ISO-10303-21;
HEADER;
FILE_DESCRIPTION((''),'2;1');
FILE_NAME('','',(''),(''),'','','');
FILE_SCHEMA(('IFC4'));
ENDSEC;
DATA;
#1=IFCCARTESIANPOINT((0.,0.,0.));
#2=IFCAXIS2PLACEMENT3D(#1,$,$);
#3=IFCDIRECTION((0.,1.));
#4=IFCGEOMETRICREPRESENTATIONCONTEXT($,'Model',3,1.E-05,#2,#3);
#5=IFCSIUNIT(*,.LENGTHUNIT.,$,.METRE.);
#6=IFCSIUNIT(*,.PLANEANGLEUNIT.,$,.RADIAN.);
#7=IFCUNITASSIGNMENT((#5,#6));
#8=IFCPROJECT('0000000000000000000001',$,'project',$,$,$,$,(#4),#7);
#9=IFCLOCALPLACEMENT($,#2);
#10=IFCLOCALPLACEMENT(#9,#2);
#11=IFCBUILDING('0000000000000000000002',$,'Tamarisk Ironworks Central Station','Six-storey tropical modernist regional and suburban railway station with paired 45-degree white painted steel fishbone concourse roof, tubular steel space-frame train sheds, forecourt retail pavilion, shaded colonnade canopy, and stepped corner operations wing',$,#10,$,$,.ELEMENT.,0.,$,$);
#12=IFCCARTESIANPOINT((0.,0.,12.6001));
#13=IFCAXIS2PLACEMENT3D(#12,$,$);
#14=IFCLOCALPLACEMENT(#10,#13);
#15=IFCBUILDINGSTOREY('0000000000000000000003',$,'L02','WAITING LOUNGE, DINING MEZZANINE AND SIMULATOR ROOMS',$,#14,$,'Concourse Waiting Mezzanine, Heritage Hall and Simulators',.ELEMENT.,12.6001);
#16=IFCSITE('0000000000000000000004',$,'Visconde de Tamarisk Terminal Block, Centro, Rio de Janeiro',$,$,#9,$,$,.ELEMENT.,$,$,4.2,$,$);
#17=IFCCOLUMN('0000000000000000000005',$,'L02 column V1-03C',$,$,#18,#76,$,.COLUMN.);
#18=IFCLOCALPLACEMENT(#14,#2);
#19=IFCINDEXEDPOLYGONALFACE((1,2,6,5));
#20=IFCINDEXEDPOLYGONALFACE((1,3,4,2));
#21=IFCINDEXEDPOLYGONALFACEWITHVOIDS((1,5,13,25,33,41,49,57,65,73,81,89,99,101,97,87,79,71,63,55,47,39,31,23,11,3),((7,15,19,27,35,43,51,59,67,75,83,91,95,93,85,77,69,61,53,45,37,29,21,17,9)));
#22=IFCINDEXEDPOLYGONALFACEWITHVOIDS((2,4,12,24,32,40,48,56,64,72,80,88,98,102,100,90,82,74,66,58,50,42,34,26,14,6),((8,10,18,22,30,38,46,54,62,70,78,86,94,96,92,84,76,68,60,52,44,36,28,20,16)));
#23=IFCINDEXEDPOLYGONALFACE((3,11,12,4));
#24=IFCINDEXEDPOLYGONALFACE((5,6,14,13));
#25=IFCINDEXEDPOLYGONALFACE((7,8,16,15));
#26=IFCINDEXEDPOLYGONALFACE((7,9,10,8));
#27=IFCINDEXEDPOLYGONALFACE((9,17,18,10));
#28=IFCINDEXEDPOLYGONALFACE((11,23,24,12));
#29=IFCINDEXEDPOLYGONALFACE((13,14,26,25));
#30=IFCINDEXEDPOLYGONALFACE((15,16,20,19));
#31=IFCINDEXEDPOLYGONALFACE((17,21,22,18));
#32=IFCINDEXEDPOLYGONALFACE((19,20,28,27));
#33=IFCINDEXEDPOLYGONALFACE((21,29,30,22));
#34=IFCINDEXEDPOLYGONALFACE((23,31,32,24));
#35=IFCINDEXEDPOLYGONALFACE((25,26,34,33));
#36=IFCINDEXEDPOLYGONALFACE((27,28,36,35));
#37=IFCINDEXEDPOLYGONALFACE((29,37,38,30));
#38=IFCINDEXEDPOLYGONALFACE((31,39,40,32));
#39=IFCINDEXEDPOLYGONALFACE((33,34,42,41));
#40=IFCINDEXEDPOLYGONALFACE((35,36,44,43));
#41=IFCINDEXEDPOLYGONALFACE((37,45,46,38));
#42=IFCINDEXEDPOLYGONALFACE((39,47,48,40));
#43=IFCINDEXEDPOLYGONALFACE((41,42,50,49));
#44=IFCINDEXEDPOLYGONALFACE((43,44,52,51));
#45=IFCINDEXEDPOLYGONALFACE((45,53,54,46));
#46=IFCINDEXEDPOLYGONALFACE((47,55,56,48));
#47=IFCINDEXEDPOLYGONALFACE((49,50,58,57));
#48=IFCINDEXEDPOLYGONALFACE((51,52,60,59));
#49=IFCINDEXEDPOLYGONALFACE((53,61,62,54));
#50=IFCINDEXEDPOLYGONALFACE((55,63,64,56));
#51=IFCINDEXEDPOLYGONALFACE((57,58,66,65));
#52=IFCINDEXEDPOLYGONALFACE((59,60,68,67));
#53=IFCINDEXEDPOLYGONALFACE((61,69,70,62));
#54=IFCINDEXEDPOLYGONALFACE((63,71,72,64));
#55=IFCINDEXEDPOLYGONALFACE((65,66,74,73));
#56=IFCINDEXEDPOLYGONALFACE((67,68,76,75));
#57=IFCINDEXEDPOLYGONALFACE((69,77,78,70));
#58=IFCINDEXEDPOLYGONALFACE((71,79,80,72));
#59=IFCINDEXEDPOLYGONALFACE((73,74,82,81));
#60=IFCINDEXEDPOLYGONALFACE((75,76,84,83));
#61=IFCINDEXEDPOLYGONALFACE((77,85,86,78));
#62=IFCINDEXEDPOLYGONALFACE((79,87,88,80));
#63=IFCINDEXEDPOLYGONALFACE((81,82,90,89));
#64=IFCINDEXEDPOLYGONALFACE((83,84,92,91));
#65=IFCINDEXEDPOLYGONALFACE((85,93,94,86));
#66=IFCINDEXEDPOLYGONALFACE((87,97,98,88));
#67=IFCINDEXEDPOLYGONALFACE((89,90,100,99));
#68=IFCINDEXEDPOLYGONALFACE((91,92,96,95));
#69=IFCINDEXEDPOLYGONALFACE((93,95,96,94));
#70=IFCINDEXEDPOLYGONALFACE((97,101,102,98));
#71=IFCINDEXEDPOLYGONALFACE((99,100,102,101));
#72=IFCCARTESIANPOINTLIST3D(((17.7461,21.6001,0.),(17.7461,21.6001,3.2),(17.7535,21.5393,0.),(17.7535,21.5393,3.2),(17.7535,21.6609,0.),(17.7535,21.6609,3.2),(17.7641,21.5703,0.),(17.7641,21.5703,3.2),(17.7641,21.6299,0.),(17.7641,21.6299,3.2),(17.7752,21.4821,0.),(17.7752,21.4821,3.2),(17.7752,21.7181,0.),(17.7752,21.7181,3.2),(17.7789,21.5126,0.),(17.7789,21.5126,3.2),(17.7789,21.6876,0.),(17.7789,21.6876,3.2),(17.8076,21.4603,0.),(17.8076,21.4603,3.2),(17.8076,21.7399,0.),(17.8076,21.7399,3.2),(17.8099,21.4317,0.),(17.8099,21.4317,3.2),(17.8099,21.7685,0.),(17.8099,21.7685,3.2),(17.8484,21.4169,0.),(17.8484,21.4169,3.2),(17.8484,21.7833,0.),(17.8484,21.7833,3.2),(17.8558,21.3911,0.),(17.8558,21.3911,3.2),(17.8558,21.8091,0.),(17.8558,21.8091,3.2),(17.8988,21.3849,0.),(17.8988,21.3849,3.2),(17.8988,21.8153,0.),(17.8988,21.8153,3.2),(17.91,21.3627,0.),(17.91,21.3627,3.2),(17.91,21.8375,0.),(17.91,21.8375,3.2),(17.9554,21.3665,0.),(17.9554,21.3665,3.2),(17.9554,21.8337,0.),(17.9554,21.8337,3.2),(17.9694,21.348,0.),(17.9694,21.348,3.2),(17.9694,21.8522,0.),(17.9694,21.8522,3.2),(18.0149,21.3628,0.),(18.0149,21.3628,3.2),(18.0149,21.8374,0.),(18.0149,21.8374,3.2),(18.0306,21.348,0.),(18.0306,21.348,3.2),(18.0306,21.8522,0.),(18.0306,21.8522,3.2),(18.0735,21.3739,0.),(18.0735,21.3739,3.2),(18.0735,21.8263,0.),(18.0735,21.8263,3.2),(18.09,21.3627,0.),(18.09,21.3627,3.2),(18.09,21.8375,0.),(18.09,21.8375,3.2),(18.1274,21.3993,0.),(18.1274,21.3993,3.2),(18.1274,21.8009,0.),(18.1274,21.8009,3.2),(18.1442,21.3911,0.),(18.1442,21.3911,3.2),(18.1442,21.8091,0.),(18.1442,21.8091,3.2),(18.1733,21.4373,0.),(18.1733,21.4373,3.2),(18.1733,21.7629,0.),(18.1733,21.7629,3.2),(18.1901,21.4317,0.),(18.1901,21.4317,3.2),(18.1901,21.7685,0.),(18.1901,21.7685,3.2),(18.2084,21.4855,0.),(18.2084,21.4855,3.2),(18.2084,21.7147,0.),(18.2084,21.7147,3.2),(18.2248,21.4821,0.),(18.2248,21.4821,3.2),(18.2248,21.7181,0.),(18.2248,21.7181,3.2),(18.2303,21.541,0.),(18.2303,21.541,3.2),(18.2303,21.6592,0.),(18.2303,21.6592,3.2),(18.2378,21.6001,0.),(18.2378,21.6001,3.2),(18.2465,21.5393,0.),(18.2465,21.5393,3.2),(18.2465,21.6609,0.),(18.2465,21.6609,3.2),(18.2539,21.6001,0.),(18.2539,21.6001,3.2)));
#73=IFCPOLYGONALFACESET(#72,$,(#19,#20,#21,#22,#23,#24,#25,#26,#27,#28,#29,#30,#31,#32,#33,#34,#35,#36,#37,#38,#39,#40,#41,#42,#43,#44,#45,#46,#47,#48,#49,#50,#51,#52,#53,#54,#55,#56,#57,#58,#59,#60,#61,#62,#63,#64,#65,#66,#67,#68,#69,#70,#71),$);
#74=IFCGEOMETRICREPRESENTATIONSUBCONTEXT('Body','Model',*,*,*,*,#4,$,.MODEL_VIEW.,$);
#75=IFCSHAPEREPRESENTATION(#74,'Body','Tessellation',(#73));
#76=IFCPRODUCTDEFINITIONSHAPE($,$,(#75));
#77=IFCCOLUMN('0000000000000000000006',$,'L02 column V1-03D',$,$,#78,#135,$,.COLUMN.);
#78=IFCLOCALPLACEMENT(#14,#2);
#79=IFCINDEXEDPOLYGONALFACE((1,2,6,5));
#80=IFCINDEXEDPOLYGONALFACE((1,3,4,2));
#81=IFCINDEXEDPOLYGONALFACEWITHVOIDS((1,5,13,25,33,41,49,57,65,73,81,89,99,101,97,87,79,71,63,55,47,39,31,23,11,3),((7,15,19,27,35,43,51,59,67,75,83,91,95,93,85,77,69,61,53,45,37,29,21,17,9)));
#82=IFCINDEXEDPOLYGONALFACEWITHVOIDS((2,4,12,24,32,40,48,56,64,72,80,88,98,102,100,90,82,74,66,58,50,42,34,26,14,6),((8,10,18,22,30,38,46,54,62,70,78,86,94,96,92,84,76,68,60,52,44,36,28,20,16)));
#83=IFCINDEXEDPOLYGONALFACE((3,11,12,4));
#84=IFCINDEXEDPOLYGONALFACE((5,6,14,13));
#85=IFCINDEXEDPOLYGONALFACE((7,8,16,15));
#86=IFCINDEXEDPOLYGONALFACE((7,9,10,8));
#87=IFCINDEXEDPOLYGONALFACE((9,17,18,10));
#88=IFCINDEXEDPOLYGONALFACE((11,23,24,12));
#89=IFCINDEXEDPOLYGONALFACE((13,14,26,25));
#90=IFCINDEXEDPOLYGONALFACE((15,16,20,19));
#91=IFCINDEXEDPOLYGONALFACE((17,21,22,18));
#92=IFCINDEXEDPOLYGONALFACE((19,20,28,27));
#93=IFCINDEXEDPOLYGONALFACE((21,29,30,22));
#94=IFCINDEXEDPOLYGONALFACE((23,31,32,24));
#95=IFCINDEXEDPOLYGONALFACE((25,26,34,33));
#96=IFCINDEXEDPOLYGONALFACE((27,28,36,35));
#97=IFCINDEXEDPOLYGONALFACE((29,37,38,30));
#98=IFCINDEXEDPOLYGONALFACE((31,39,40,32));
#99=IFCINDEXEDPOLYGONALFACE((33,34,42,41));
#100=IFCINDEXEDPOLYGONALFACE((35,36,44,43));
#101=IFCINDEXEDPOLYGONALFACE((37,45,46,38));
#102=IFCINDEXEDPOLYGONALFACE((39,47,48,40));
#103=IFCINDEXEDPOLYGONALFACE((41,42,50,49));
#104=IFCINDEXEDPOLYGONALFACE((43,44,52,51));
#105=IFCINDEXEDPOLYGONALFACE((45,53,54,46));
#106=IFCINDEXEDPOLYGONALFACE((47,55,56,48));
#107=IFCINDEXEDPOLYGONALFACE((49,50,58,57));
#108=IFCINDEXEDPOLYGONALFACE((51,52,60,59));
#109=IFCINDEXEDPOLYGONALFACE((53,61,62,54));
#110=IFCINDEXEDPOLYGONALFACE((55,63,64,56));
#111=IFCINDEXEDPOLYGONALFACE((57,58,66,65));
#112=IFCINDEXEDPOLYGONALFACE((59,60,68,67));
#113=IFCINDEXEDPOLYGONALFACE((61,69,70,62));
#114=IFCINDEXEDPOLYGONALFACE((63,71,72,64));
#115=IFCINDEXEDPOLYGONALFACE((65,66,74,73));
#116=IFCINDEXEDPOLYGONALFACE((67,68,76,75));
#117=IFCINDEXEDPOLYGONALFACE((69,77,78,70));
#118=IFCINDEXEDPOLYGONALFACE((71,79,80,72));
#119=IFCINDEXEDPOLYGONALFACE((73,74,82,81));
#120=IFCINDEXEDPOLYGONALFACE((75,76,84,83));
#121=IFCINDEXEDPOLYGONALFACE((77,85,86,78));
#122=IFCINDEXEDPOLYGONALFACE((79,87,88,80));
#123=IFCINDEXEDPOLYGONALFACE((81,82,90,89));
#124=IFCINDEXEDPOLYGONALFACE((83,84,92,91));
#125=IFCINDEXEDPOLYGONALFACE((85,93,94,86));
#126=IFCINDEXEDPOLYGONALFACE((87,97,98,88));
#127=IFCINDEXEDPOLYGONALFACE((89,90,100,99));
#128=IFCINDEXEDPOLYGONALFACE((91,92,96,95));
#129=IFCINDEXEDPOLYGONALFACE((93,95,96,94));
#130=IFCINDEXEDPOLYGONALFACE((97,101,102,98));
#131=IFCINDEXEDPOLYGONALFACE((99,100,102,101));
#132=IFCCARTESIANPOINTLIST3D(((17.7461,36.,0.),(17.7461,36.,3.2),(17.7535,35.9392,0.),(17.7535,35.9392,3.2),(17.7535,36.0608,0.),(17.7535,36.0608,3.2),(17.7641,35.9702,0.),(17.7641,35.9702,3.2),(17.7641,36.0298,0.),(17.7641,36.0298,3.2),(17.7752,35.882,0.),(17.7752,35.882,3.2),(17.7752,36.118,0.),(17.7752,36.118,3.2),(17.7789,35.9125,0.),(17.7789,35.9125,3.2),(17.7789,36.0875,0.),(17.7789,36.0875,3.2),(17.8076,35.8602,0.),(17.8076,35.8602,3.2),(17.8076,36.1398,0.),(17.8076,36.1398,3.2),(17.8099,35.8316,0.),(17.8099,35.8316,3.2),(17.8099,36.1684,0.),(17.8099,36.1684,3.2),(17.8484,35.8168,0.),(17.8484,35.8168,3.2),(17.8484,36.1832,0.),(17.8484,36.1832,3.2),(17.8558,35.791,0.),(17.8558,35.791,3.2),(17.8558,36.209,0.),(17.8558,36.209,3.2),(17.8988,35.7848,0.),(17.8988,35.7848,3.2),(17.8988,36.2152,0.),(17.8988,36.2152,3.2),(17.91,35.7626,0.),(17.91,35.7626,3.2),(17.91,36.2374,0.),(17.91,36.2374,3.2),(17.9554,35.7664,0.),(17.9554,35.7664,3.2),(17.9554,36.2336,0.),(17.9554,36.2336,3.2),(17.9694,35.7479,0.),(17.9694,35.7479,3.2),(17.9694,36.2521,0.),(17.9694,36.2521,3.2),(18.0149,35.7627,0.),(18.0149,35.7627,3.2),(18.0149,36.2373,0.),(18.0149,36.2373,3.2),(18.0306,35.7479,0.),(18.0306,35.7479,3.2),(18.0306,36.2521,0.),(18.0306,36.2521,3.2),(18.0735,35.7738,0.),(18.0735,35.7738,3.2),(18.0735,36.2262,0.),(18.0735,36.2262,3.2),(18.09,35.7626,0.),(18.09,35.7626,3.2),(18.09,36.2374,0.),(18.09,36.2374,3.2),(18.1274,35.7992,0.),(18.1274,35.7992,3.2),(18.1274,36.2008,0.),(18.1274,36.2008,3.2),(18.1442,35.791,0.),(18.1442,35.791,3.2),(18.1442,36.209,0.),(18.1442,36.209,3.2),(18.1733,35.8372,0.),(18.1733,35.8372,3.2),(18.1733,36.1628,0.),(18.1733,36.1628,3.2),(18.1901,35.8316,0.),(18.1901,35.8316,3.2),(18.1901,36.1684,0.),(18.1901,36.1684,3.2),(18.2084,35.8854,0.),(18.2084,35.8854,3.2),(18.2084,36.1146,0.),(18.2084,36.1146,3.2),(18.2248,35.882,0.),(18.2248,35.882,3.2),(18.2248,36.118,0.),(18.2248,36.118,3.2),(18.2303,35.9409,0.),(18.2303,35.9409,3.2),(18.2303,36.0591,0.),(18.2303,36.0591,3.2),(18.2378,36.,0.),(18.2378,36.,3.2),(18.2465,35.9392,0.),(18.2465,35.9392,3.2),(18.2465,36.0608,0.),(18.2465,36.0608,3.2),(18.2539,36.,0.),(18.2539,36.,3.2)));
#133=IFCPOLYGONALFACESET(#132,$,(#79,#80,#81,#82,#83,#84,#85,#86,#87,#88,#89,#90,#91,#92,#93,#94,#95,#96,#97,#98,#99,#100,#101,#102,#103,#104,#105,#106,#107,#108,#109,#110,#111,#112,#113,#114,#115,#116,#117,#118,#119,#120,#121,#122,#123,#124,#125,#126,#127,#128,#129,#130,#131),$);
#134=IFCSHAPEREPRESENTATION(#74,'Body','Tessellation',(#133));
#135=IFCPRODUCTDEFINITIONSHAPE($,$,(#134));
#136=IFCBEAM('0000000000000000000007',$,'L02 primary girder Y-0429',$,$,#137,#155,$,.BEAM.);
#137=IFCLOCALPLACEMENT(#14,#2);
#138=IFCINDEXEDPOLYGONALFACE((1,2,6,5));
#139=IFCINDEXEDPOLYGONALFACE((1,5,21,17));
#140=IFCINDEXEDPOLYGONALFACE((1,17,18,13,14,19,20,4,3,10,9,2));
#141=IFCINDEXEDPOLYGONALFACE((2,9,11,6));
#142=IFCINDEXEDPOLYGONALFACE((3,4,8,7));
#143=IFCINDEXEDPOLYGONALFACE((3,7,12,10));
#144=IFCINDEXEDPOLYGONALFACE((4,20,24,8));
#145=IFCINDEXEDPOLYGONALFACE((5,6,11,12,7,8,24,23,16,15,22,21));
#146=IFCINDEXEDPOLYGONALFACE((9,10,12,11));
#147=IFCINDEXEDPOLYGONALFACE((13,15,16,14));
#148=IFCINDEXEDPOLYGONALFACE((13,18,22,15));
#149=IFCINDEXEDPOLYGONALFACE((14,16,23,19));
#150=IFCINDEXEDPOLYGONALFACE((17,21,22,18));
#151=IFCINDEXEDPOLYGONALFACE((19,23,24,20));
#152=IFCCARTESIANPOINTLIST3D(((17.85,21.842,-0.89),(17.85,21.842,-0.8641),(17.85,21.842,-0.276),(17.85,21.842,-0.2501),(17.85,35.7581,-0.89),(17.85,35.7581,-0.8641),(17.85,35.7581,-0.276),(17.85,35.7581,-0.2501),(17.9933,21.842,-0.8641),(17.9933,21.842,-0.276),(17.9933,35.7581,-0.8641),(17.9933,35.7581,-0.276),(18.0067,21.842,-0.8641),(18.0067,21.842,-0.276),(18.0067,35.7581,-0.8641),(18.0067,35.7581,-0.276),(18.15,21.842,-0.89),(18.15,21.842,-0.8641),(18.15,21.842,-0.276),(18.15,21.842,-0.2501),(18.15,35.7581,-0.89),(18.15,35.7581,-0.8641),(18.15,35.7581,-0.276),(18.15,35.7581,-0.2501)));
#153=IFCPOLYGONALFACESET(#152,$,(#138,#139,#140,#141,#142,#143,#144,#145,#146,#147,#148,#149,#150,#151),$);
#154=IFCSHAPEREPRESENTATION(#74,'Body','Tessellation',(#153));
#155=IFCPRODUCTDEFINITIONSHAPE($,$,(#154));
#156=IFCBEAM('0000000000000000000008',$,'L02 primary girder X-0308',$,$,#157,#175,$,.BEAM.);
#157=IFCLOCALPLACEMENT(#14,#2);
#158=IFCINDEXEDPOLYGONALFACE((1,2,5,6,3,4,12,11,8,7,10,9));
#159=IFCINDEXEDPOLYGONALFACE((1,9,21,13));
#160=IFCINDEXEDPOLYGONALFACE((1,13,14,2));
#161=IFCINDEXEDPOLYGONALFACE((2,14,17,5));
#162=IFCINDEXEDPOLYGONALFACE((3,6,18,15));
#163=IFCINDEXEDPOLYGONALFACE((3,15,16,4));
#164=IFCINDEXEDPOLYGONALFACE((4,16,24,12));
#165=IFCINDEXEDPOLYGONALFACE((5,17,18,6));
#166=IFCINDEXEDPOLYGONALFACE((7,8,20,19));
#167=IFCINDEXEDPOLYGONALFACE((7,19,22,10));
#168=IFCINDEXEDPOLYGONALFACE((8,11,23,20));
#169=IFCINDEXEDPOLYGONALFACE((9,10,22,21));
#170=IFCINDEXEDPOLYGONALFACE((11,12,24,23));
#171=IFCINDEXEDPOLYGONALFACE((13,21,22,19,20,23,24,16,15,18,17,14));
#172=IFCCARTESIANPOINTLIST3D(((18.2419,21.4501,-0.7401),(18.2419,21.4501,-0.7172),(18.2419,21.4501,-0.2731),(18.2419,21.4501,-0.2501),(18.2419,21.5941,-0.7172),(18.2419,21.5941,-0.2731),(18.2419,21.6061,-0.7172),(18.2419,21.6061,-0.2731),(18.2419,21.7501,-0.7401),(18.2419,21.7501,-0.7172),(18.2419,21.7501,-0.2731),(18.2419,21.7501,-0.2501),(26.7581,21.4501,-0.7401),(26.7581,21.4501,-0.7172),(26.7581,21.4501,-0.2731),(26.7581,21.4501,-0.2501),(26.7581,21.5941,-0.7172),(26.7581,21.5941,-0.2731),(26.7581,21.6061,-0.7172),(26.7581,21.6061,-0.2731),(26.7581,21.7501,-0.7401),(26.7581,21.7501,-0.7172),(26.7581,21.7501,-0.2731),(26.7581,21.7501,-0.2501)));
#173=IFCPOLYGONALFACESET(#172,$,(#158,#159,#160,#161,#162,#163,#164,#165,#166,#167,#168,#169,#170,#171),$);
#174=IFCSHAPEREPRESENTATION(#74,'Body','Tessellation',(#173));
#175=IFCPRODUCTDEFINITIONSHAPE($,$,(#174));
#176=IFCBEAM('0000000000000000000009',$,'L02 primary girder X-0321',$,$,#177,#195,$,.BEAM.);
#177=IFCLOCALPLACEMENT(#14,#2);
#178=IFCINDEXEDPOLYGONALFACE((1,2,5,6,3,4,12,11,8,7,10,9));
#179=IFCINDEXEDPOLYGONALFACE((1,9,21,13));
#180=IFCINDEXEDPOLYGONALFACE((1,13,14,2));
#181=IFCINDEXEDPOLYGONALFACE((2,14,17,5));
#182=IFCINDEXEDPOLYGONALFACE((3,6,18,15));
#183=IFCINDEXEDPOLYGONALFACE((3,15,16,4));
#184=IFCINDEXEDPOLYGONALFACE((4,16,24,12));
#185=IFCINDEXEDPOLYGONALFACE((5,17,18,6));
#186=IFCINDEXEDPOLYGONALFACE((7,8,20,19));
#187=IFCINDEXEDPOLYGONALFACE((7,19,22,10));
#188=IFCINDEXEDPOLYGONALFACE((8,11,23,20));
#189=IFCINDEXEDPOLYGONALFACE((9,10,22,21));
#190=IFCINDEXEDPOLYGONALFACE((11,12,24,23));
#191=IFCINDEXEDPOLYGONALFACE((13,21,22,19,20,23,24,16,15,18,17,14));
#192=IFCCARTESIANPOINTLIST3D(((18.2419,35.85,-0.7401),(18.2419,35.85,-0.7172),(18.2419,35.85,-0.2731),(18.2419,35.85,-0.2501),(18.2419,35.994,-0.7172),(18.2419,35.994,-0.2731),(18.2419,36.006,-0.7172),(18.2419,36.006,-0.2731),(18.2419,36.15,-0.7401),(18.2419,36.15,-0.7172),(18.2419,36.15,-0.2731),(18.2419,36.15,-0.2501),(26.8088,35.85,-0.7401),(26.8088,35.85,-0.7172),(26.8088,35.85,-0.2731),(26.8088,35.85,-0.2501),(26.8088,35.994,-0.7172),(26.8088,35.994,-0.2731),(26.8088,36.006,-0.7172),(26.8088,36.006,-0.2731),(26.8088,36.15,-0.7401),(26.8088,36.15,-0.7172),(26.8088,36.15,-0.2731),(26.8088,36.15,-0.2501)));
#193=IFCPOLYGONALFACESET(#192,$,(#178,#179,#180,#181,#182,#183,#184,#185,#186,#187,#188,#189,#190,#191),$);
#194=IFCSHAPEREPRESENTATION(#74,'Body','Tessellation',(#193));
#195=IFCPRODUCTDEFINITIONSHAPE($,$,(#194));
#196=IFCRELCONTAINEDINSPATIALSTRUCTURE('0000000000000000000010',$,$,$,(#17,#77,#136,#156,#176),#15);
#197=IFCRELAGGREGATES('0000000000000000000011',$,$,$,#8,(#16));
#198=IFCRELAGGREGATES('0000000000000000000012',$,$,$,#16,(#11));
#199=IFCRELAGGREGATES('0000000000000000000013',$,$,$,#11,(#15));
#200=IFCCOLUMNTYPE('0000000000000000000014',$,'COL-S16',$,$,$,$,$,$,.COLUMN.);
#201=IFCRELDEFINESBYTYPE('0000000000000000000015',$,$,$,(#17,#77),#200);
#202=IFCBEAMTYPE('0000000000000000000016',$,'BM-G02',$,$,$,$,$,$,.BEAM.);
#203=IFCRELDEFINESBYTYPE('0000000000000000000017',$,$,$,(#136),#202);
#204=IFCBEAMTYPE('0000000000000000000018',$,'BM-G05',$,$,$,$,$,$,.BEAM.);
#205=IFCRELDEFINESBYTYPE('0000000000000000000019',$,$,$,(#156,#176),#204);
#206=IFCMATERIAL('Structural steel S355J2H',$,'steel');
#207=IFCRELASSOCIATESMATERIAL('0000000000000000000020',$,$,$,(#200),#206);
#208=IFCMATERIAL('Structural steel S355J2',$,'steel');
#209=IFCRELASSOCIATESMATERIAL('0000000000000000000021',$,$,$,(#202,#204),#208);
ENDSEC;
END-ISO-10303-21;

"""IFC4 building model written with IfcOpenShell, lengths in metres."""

from ifc_helpers import new_model, si_unit, direction, frame, origin, origin_2d, place, context, subcontext, project, spatial, hollow_circle, i_section, extrude, material, material_profile, profile_set, type_object, element, save


model = new_model("IFC4")

# Units and contexts
model_context = context("Model", 3, precision=1e-05, world=origin(), true_north=direction((0.0, 1.0)))
body_context = subcontext(model_context, "Body", "Model", "MODEL_VIEW")
ifc_project = project(units=[si_unit("LENGTHUNIT", "METRE"), si_unit("PLANEANGLEUNIT", "RADIAN")], contexts=[model_context])

# Site, building, storey
site_placement = place(None, origin())
site = spatial("IfcSite", under=ifc_project, at=site_placement, Name="Visconde de Tamarisk Terminal Block, Centro, Rio de Janeiro", CompositionType="ELEMENT", RefElevation=4.2)
building_placement = place(site_placement, origin())
building = spatial("IfcBuilding", under=site, at=building_placement, Name="Tamarisk Ironworks Central Station", Description="Six-storey tropical modernist regional and suburban railway station with paired 45-degree white painted steel fishbone concourse roof, tubular steel space-frame train sheds, forecourt retail pavilion, shaded colonnade canopy, and stepped corner operations wing", CompositionType="ELEMENT", ElevationOfRefHeight=0.0)
storey_placement = place(building_placement, frame((0.0, 0.0, 12.6001)))
storey = spatial("IfcBuildingStorey", under=building, at=storey_placement, Name="L02", Description="WAITING LOUNGE, DINING MEZZANINE AND SIMULATOR ROOMS", LongName="Concourse Waiting Mezzanine, Heritage Hall and Simulators", CompositionType="ELEMENT", Elevation=12.6001)

# Columns
ifc_material_1 = material(Name="Structural steel S355J2H", Category="steel")
ifc_material_profile_1 = material_profile(ifc_material_1, hollow_circle(Radius=0.2539, WallThickness=0.0161, at=origin_2d()), Name="CHS 508x16")
ifc_profile_set_1 = profile_set([ifc_material_profile_1], Name="Structural steel S355J2H")
column_type = type_object("IfcColumnType", Name="COL-S16", PredefinedType="COLUMN", material=ifc_profile_set_1)
for number, where, z_axis, x_axis, name in (
    (1, (18.0, 21.6001, 0.0), (0.0, 0.0, 1.0), (1.0, 0.0, 0.0), "L02 column V1-03C"),
    (2, (18.0, 36.0, 0.0), (0.0, 0.0, 1.0), (1.0, 0.0, 0.0), "L02 column V1-03D"),
):
    element("IfcColumn", number, at=place(storey_placement, frame(where, z_axis=z_axis, x_axis=x_axis)), inside=storey, type_object=column_type, Name=name, PredefinedType="COLUMN", context=body_context, shape_type="SweptSolid", body=[
        extrude(hollow_circle(Radius=0.2539, WallThickness=0.0161, at=origin_2d()), origin(), (0.0, 0.0, 1.0), 3.2),
    ])

# Beams
ifc_material_2 = material(Name="Structural steel S355J2", Category="steel")
ifc_material_profile_2 = material_profile(ifc_material_2, i_section(OverallWidth=0.3, OverallDepth=0.6399, WebThickness=0.0134, FlangeThickness=0.0259, at=origin_2d()), Name="HEA 650")
ifc_profile_set_2 = profile_set([ifc_material_profile_2], Name="Structural steel S355J2")
beam_type_1 = type_object("IfcBeamType", Name="BM-G02", PredefinedType="BEAM", material=ifc_profile_set_2)
beam_1_placement = place(storey_placement, frame((18.0, 21.842, -0.5701), z_axis=(0.0, 1.0, 0.0), x_axis=(-1.0, 0.0, 0.0)))
element("IfcBeam", 3, at=beam_1_placement, inside=storey, type_object=beam_type_1, Name="L02 primary girder Y-0429", PredefinedType="BEAM", context=body_context, shape_type="SweptSolid", body=[
    extrude(i_section(OverallWidth=0.3, OverallDepth=0.6399, WebThickness=0.0134, FlangeThickness=0.0259, at=origin_2d()), origin(), (0.0, 0.0, 1.0), 13.916),
])
ifc_material_profile_3 = material_profile(ifc_material_2, i_section(OverallWidth=0.3, OverallDepth=0.49, WebThickness=0.012, FlangeThickness=0.0229, at=origin_2d()), Name="HEA 500")
ifc_profile_set_3 = profile_set([ifc_material_profile_3], Name="Structural steel S355J2")
beam_type_2 = type_object("IfcBeamType", Name="BM-G05", PredefinedType="BEAM", material=ifc_profile_set_3)
beam_2_placement = place(storey_placement, frame((18.2419, 21.6001, -0.4951), z_axis=(1.0, 0.0, 0.0), x_axis=(0.0, 1.0, 0.0)))
element("IfcBeam", 4, at=beam_2_placement, inside=storey, type_object=beam_type_2, Name="L02 primary girder X-0308", PredefinedType="BEAM", context=body_context, shape_type="SweptSolid", body=[
    extrude(i_section(OverallWidth=0.3, OverallDepth=0.49, WebThickness=0.012, FlangeThickness=0.0229, at=origin_2d()), origin(), (0.0, 0.0, 1.0), 8.5161),
])
beam_3_placement = place(storey_placement, frame((18.2419, 36.0, -0.4951), z_axis=(1.0, 0.0, 0.0), x_axis=(0.0, 1.0, 0.0)))
element("IfcBeam", 5, at=beam_3_placement, inside=storey, type_object=beam_type_2, Name="L02 primary girder X-0321", PredefinedType="BEAM", context=body_context, shape_type="SweptSolid", body=[
    extrude(i_section(OverallWidth=0.3, OverallDepth=0.49, WebThickness=0.012, FlangeThickness=0.0229, at=origin_2d()), origin(), (0.0, 0.0, 1.0), 8.5669),
])

save(model, "model.ifc")
